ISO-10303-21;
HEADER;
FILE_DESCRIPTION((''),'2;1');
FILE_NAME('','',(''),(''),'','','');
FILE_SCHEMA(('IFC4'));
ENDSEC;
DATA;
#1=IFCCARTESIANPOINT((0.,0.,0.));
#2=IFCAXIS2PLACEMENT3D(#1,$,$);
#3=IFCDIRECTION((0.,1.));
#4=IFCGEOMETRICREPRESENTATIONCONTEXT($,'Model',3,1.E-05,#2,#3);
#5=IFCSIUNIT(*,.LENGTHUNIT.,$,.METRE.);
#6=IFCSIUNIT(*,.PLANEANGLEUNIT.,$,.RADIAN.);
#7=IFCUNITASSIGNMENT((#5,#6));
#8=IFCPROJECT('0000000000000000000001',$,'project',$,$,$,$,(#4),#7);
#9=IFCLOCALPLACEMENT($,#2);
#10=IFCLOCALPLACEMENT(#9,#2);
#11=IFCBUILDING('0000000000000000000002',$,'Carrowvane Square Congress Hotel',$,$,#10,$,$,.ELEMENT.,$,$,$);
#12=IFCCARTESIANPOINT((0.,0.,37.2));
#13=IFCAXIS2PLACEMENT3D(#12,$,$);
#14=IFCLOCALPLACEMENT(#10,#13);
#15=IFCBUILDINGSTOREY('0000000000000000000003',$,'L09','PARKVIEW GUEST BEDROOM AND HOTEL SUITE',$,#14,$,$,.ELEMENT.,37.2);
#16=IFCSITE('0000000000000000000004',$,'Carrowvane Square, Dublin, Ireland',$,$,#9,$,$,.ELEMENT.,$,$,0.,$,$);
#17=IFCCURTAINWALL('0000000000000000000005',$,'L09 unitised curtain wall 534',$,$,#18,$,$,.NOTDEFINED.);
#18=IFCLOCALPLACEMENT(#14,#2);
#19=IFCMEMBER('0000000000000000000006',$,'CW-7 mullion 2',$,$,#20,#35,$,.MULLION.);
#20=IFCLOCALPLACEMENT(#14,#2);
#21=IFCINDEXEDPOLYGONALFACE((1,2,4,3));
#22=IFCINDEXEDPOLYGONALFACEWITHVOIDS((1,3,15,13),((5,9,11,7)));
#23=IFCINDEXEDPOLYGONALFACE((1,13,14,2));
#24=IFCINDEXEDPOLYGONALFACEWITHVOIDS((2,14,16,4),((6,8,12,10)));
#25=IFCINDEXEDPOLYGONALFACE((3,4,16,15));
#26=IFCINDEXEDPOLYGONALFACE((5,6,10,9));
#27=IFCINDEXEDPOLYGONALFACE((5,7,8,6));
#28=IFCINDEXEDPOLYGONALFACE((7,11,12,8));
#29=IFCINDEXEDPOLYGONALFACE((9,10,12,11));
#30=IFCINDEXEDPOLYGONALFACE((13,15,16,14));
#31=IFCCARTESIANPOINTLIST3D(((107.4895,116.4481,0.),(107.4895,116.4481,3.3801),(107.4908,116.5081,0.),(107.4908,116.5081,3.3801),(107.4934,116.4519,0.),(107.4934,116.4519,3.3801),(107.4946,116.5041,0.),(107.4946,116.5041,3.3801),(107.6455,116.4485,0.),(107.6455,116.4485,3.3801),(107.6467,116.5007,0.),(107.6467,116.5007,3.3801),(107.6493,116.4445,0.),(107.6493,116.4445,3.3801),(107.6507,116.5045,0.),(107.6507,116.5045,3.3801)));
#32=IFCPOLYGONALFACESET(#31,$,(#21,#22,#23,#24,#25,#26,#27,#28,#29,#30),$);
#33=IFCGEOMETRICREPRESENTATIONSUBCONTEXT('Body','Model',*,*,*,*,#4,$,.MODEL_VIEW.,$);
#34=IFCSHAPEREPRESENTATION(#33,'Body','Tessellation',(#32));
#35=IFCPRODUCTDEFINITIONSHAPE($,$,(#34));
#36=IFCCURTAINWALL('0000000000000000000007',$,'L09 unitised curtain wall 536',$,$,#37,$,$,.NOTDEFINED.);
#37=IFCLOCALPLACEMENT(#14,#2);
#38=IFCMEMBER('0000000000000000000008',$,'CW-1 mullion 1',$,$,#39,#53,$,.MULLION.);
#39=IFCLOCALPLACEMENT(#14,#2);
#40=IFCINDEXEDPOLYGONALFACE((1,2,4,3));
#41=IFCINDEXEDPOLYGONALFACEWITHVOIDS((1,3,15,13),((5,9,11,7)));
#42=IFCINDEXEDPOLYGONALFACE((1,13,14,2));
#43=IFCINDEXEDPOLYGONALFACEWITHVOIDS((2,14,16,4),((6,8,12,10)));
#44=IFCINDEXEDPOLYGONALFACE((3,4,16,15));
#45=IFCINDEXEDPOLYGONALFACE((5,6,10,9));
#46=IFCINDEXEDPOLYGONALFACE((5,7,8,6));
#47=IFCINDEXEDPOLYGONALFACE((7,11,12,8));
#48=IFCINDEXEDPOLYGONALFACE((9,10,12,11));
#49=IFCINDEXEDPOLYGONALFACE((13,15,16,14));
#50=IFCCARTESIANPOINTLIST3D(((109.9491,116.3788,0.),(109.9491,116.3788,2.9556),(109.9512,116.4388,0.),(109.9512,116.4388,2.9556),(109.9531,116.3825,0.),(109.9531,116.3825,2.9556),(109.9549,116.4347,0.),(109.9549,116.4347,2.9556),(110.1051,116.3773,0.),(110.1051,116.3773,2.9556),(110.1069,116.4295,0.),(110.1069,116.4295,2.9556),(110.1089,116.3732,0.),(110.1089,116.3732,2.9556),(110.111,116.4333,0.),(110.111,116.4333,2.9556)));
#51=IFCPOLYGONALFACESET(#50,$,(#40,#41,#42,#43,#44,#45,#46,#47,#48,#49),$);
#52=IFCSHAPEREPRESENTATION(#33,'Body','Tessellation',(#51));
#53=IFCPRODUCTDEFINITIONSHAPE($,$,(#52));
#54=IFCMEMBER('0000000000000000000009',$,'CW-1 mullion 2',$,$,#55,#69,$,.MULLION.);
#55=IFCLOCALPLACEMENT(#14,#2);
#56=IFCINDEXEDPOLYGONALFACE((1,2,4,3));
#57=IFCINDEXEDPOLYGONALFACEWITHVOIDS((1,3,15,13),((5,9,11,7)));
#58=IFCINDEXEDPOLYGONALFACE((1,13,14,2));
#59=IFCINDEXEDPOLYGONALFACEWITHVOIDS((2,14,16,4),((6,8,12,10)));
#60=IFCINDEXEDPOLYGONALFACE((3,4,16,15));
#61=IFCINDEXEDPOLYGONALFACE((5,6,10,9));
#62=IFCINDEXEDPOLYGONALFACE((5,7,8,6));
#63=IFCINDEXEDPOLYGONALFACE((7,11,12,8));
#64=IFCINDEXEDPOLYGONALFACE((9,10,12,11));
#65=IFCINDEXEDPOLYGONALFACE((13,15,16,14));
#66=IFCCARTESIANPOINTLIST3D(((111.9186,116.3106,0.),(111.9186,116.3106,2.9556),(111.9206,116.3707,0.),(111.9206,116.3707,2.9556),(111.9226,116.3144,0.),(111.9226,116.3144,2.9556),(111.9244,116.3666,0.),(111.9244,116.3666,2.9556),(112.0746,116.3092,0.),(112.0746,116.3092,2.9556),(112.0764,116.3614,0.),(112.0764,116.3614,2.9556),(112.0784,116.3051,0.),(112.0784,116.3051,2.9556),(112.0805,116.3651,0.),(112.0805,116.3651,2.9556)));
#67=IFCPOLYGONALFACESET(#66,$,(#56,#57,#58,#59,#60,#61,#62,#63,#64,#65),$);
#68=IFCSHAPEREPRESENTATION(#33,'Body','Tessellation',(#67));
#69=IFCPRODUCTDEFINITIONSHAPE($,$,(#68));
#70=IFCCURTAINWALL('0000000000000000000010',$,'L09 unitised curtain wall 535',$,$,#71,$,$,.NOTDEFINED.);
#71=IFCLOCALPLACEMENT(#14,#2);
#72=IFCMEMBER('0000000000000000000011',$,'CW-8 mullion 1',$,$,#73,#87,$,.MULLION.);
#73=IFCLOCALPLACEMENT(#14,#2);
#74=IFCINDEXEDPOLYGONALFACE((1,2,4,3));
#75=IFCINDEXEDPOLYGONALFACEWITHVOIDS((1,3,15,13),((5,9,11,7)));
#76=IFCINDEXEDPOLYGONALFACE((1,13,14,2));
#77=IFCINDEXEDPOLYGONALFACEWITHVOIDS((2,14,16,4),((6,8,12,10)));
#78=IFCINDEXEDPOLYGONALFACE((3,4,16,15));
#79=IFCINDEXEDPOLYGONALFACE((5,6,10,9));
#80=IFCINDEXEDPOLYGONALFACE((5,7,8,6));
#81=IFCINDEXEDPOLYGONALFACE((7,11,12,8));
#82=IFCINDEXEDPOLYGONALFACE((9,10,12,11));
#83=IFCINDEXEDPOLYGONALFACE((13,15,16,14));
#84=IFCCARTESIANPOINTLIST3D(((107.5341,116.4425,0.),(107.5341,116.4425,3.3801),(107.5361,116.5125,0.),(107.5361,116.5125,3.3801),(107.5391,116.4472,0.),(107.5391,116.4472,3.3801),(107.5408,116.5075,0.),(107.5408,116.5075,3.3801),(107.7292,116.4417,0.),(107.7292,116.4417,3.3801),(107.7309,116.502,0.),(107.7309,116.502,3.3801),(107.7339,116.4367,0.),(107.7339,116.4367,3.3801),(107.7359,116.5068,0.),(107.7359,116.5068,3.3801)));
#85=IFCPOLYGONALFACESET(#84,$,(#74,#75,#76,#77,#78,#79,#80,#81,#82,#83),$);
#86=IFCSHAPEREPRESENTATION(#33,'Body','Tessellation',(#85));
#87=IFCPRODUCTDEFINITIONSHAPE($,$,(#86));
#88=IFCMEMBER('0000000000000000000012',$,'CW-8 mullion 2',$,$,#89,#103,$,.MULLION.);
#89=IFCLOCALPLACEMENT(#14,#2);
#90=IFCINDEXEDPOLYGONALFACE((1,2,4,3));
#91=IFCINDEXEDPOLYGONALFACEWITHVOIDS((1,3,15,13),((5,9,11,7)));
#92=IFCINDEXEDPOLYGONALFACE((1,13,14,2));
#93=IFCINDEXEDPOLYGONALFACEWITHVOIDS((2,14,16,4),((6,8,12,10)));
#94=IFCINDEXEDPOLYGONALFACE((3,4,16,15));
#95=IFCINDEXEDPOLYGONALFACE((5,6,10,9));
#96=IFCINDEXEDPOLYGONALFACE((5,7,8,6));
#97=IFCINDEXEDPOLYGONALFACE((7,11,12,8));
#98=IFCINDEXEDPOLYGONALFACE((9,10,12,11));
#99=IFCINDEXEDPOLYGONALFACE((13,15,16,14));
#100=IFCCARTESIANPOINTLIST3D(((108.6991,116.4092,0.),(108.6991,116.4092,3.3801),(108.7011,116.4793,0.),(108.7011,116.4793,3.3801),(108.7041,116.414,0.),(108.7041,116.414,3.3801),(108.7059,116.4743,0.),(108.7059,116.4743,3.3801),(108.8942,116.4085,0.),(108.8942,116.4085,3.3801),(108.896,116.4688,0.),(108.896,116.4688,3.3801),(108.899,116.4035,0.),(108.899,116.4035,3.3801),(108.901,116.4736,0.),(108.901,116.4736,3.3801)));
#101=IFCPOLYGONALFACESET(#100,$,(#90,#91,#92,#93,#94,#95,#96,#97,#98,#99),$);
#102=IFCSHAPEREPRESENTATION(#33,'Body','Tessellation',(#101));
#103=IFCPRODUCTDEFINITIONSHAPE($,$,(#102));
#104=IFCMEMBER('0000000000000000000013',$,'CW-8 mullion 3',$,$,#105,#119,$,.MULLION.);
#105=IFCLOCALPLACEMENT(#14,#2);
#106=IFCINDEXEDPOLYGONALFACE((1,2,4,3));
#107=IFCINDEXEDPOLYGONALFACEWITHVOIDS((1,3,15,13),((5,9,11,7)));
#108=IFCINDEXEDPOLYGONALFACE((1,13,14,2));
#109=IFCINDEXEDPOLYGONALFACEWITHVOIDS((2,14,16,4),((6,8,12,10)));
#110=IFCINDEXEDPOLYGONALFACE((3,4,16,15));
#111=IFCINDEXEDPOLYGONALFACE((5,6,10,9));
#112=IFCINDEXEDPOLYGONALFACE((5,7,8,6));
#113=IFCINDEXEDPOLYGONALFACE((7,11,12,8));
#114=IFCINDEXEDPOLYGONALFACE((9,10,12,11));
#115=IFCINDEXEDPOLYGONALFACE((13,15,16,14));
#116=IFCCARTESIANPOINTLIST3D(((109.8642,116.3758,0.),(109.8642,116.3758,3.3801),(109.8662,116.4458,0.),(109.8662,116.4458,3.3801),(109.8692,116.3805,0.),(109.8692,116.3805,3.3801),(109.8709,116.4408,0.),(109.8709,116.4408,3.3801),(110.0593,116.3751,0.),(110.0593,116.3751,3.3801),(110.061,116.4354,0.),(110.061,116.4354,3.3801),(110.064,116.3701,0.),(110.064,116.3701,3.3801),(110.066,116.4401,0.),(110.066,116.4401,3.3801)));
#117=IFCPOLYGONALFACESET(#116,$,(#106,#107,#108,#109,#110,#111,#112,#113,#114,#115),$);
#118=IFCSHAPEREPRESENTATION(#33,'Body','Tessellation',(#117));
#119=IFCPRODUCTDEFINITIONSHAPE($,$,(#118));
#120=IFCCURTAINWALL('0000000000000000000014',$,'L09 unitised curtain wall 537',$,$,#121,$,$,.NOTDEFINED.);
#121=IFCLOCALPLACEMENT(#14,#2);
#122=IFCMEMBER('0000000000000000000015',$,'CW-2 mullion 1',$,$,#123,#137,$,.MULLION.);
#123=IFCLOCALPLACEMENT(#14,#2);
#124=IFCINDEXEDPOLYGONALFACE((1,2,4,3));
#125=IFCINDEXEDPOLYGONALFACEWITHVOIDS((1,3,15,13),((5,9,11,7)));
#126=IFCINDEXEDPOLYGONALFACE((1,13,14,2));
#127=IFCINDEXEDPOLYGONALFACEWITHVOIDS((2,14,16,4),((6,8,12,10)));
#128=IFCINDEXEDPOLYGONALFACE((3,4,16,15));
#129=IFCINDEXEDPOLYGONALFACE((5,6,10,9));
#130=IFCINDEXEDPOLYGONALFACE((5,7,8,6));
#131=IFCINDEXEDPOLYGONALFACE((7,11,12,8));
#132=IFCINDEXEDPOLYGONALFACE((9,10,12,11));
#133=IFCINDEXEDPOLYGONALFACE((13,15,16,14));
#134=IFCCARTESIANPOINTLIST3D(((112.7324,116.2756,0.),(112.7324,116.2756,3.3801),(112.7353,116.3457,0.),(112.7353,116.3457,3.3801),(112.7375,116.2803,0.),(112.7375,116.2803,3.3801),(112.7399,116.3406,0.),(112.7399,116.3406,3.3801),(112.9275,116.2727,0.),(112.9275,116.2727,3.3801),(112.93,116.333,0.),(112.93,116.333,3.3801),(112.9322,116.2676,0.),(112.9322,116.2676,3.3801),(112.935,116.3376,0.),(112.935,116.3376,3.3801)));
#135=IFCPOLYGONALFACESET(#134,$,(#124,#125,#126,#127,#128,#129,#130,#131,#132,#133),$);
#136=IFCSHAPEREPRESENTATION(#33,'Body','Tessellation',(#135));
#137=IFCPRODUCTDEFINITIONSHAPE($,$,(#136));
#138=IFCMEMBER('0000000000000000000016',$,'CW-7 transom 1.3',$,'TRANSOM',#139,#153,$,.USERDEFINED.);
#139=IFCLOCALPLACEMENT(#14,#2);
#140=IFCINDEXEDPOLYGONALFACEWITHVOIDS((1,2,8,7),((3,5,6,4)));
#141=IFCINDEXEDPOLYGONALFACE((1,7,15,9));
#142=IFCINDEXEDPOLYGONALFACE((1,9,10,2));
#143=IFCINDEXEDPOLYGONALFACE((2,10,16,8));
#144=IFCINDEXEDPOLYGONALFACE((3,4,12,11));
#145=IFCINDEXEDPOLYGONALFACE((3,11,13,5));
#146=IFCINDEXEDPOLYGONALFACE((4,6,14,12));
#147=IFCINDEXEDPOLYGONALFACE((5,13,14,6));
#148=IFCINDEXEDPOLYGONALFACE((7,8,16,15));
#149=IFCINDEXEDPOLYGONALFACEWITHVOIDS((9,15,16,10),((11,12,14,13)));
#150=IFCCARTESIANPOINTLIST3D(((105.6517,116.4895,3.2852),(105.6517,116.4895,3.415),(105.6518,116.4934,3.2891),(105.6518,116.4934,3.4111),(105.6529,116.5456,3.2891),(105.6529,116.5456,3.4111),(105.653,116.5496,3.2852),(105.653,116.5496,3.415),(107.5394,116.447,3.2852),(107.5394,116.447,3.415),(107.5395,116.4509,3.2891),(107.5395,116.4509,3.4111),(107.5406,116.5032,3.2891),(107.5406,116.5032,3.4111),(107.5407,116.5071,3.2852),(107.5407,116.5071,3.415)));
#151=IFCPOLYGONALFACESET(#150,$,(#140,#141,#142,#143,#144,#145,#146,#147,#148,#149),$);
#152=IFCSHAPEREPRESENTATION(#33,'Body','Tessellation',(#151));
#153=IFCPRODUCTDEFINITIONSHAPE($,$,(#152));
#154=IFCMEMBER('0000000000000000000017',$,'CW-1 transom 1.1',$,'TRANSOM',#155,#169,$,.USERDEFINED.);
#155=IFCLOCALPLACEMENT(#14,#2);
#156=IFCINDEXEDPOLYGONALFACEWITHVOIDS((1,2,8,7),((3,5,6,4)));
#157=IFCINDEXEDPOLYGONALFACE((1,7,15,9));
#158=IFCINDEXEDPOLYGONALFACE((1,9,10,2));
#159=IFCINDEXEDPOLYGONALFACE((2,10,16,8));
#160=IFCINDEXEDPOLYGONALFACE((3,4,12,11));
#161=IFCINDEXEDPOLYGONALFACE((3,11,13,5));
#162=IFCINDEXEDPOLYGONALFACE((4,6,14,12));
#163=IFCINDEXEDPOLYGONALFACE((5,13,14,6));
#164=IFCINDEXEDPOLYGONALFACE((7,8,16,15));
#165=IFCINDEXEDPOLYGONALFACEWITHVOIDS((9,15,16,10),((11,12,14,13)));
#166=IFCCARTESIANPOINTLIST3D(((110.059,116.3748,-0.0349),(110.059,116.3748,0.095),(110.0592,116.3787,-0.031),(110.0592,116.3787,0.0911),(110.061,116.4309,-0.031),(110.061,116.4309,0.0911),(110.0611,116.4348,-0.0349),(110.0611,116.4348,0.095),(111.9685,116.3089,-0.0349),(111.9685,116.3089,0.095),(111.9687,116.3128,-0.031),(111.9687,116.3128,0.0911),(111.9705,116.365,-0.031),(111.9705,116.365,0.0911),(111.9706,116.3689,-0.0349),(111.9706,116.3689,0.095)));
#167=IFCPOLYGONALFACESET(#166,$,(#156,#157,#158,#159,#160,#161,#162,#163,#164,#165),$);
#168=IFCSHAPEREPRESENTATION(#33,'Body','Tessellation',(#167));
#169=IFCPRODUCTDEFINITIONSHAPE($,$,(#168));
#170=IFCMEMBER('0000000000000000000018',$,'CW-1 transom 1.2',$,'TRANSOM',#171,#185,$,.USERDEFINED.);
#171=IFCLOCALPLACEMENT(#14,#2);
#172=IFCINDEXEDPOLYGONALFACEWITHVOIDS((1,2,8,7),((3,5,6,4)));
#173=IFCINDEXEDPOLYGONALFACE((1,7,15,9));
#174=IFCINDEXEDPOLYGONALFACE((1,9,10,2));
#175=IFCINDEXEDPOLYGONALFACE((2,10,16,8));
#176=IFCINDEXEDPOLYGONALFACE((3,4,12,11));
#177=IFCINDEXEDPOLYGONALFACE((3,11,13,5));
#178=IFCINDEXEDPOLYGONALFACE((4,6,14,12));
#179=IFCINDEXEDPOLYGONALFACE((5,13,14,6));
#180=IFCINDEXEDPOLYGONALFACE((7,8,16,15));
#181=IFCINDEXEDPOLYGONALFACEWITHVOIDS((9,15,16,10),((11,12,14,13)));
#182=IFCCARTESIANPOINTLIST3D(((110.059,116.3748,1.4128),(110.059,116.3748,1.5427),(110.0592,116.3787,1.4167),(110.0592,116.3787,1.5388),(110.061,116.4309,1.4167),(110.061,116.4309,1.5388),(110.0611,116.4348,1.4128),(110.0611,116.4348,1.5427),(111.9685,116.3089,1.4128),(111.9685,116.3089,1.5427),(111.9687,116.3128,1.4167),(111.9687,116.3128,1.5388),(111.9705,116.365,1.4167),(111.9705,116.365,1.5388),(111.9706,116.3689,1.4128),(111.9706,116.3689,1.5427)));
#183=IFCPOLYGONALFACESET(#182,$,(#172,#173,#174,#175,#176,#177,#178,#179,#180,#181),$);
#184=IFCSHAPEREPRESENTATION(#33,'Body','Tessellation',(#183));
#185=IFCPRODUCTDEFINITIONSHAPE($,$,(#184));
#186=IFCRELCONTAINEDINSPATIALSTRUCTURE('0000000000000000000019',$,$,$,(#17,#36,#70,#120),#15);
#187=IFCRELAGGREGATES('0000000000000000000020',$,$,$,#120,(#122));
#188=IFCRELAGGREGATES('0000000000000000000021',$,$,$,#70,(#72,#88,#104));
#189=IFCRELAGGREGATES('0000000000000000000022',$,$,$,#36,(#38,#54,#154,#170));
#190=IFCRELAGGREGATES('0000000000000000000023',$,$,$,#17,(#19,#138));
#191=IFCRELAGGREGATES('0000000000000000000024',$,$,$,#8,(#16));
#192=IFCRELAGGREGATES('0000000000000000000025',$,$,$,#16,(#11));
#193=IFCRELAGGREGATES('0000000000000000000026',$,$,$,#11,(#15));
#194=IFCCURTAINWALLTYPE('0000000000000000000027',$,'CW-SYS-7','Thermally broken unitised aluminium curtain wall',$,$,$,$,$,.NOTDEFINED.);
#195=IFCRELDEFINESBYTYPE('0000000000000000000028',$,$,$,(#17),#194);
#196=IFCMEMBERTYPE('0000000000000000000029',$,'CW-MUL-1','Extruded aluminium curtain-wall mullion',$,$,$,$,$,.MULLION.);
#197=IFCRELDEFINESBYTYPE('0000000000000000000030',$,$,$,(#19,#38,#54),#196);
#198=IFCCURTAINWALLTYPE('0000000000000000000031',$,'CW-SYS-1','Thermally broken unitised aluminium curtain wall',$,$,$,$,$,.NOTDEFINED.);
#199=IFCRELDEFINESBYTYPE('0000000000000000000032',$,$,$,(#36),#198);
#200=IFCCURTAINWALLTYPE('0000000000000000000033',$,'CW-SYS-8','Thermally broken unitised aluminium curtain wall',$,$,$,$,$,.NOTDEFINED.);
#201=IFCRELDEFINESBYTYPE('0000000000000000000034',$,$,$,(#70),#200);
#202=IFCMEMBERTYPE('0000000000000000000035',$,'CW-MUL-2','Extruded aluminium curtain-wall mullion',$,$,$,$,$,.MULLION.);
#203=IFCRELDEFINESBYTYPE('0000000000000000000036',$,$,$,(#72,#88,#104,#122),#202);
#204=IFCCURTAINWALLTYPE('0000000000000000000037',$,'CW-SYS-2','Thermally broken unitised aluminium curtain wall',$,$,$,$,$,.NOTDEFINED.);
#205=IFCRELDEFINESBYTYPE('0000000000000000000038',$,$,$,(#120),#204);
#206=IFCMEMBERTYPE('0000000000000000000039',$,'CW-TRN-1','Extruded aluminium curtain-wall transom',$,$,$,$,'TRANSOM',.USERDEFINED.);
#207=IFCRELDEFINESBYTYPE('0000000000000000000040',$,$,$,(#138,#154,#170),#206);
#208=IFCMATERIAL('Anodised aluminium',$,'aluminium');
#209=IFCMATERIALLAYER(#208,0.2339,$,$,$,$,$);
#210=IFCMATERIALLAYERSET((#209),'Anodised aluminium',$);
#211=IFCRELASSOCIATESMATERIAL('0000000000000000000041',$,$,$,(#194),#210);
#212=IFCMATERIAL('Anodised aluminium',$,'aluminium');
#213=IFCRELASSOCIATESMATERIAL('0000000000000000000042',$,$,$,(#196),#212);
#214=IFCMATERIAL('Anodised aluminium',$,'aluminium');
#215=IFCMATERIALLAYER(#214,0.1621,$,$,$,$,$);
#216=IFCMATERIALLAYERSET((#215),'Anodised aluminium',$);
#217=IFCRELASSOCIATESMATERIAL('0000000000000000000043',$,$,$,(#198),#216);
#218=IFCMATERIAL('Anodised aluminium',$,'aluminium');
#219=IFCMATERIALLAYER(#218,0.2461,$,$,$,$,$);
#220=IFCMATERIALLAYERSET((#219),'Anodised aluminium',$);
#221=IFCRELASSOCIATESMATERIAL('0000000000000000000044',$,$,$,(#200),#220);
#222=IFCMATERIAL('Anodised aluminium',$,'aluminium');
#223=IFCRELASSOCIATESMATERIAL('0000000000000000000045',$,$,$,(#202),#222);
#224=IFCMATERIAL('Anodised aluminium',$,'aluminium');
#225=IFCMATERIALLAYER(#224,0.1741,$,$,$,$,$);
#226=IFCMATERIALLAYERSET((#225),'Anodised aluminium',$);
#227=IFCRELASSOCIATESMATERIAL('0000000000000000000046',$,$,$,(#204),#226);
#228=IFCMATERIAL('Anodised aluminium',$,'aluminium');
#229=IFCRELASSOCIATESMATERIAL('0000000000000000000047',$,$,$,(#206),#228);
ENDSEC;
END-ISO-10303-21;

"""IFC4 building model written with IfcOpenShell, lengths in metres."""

from ifc_helpers import new_model, si_unit, direction, frame, origin, origin_2d, place, context, subcontext, project, spatial, hollow_rectangle, extrude, material, layer, layer_set, material_profile, profile_set, type_object, element, aggregate, save


model = new_model("IFC4")

# Units and contexts
model_context = context("Model", 3, precision=1e-05, world=origin(), true_north=direction((0.0, 1.0)))
body_context = subcontext(model_context, "Body", "Model", "MODEL_VIEW")
ifc_project = project(units=[si_unit("LENGTHUNIT", "METRE"), si_unit("PLANEANGLEUNIT", "RADIAN")], contexts=[model_context])

# Site, building, storey
site_placement = place(None, origin())
site = spatial("IfcSite", under=ifc_project, at=site_placement, Name="Carrowvane Square, Dublin, Ireland", CompositionType="ELEMENT", RefElevation=0.0)
building_placement = place(site_placement, origin())
building = spatial("IfcBuilding", under=site, at=building_placement, Name="Carrowvane Square Congress Hotel", CompositionType="ELEMENT")
storey_placement = place(building_placement, frame((0.0, 0.0, 37.2)))
storey = spatial("IfcBuildingStorey", under=building, at=storey_placement, Name="L09", Description="PARKVIEW GUEST BEDROOM AND HOTEL SUITE", CompositionType="ELEMENT", Elevation=37.2)

# Curtain wall, member
ifc_material_1 = material(Name="Anodised aluminium", Category="aluminium")
ifc_layer_1 = layer(ifc_material_1, 0.2339)
ifc_layer_set_1 = layer_set([ifc_layer_1], Name="Anodised aluminium")
curtain_wall_type_1 = type_object("IfcCurtainWallType", Name="CW-SYS-7", Description="Thermally broken unitised aluminium curtain wall", PredefinedType="NOTDEFINED", material=ifc_layer_set_1)
curtain_wall_1_placement = place(storey_placement, origin())
curtain_wall_1 = element("IfcCurtainWall", 1, at=curtain_wall_1_placement, inside=storey, type_object=curtain_wall_type_1, Name="L09 unitised curtain wall 534", PredefinedType="NOTDEFINED")
ifc_material_2 = material(Name="Anodised aluminium", Category="aluminium")
ifc_material_profile_1 = material_profile(ifc_material_2, hollow_rectangle(XDim=0.0601, YDim=0.1599, WallThickness=0.0039, at=origin_2d()), Name="CW-ML 60x160x4")
ifc_profile_set_1 = profile_set([ifc_material_profile_1], Name="Anodised aluminium")
member_type_1 = type_object("IfcMemberType", Name="CW-MUL-1", Description="Extruded aluminium curtain-wall mullion", PredefinedType="MULLION", material=ifc_profile_set_1)
member_1_placement = place(storey_placement, frame((107.5701, 116.4763, 0.0), z_axis=(0.0, 0.0, 1.0), x_axis=(0.022518, 0.999746, 0.0)))
member_1 = element("IfcMember", 2, at=member_1_placement, type_object=member_type_1, Name="CW-7 mullion 2", PredefinedType="MULLION", context=body_context, shape_type="SweptSolid", body=[
    extrude(hollow_rectangle(XDim=0.0601, YDim=0.1599, WallThickness=0.0039, at=origin_2d()), origin(), (0.0, 0.0, 1.0), 3.3801),
])

# Curtain walls, members
ifc_material_3 = material(Name="Anodised aluminium", Category="aluminium")
ifc_layer_2 = layer(ifc_material_3, 0.1621)
ifc_layer_set_2 = layer_set([ifc_layer_2], Name="Anodised aluminium")
curtain_wall_type_2 = type_object("IfcCurtainWallType", Name="CW-SYS-1", Description="Thermally broken unitised aluminium curtain wall", PredefinedType="NOTDEFINED", material=ifc_layer_set_2)
curtain_wall_2_placement = place(storey_placement, origin())
curtain_wall_2 = element("IfcCurtainWall", 3, at=curtain_wall_2_placement, inside=storey, type_object=curtain_wall_type_2, Name="L09 unitised curtain wall 536", PredefinedType="NOTDEFINED")
member_2_placement = place(storey_placement, frame((110.03, 116.406, 0.0), z_axis=(0.0, 0.0, 1.0), x_axis=(0.03453, 0.999404, 0.0)))
member_2 = element("IfcMember", 4, at=member_2_placement, type_object=member_type_1, Name="CW-1 mullion 1", PredefinedType="MULLION", context=body_context, shape_type="SweptSolid", body=[
    extrude(hollow_rectangle(XDim=0.0601, YDim=0.1599, WallThickness=0.0039, at=origin_2d()), origin(), (0.0, 0.0, 1.0), 2.9556),
])
member_3_placement = place(storey_placement, frame((111.9995, 116.3379, 0.0), z_axis=(0.0, 0.0, 1.0), x_axis=(0.03453, 0.999404, 0.0)))
member_3 = element("IfcMember", 5, at=member_3_placement, type_object=member_type_1, Name="CW-1 mullion 2", PredefinedType="MULLION", context=body_context, shape_type="SweptSolid", body=[
    extrude(hollow_rectangle(XDim=0.0601, YDim=0.1599, WallThickness=0.0039, at=origin_2d()), origin(), (0.0, 0.0, 1.0), 2.9556),
])
ifc_material_4 = material(Name="Anodised aluminium", Category="aluminium")
ifc_layer_3 = layer(ifc_material_4, 0.2461)
ifc_layer_set_3 = layer_set([ifc_layer_3], Name="Anodised aluminium")
curtain_wall_type_3 = type_object("IfcCurtainWallType", Name="CW-SYS-8", Description="Thermally broken unitised aluminium curtain wall", PredefinedType="NOTDEFINED", material=ifc_layer_set_3)
curtain_wall_3_placement = place(storey_placement, origin())
curtain_wall_3 = element("IfcCurtainWall", 6, at=curtain_wall_3_placement, inside=storey, type_object=curtain_wall_type_3, Name="L09 unitised curtain wall 535", PredefinedType="NOTDEFINED")
ifc_material_5 = material(Name="Anodised aluminium", Category="aluminium")
ifc_material_profile_2 = material_profile(ifc_material_5, hollow_rectangle(XDim=0.0701, YDim=0.2, WallThickness=0.0049, at=origin_2d()), Name="CW-ML 70x200x5")
ifc_profile_set_2 = profile_set([ifc_material_profile_2], Name="Anodised aluminium")
member_type_2 = type_object("IfcMemberType", Name="CW-MUL-2", Description="Extruded aluminium curtain-wall mullion", PredefinedType="MULLION", material=ifc_profile_set_2)
member_4_placement = place(storey_placement, frame((107.635, 116.4746, 0.0), z_axis=(0.0, 0.0, 1.0), x_axis=(0.028638, 0.99959, 0.0)))
member_4 = element("IfcMember", 7, at=member_4_placement, type_object=member_type_2, Name="CW-8 mullion 1", PredefinedType="MULLION", context=body_context, shape_type="SweptSolid", body=[
    extrude(hollow_rectangle(XDim=0.0701, YDim=0.2, WallThickness=0.0049, at=origin_2d()), origin(), (0.0, 0.0, 1.0), 3.3801),
])
member_5_placement = place(storey_placement, frame((108.8, 116.4414, 0.0), z_axis=(0.0, 0.0, 1.0), x_axis=(0.028638, 0.99959, 0.0)))
member_5 = element("IfcMember", 8, at=member_5_placement, type_object=member_type_2, Name="CW-8 mullion 2", PredefinedType="MULLION", context=body_context, shape_type="SweptSolid", body=[
    extrude(hollow_rectangle(XDim=0.0701, YDim=0.2, WallThickness=0.0049, at=origin_2d()), origin(), (0.0, 0.0, 1.0), 3.3801),
])
member_6_placement = place(storey_placement, frame((109.9651, 116.408, 0.0), z_axis=(0.0, 0.0, 1.0), x_axis=(0.028638, 0.99959, 0.0)))
member_6 = element("IfcMember", 9, at=member_6_placement, type_object=member_type_2, Name="CW-8 mullion 3", PredefinedType="MULLION", context=body_context, shape_type="SweptSolid", body=[
    extrude(hollow_rectangle(XDim=0.0701, YDim=0.2, WallThickness=0.0049, at=origin_2d()), origin(), (0.0, 0.0, 1.0), 3.3801),
])

# Curtain wall, member
ifc_material_6 = material(Name="Anodised aluminium", Category="aluminium")
ifc_layer_4 = layer(ifc_material_6, 0.1741)
ifc_layer_set_4 = layer_set([ifc_layer_4], Name="Anodised aluminium")
curtain_wall_type_4 = type_object("IfcCurtainWallType", Name="CW-SYS-2", Description="Thermally broken unitised aluminium curtain wall", PredefinedType="NOTDEFINED", material=ifc_layer_set_4)
curtain_wall_4_placement = place(storey_placement, origin())
curtain_wall_4 = element("IfcCurtainWall", 10, at=curtain_wall_4_placement, inside=storey, type_object=curtain_wall_type_4, Name="L09 unitised curtain wall 537", PredefinedType="NOTDEFINED")
member_7_placement = place(storey_placement, frame((112.8337, 116.3066, 0.0), z_axis=(0.0, 0.0, 1.0), x_axis=(0.040131, 0.999194, 0.0)))
member_7 = element("IfcMember", 11, at=member_7_placement, type_object=member_type_2, Name="CW-2 mullion 1", PredefinedType="MULLION", context=body_context, shape_type="SweptSolid", body=[
    extrude(hollow_rectangle(XDim=0.0701, YDim=0.2, WallThickness=0.0049, at=origin_2d()), origin(), (0.0, 0.0, 1.0), 3.3801),
])
aggregate(curtain_wall_4, [member_7])

# Members
ifc_material_7 = material(Name="Anodised aluminium", Category="aluminium")
ifc_material_profile_3 = material_profile(ifc_material_7, hollow_rectangle(XDim=0.0601, YDim=0.1299, WallThickness=0.0039, at=origin_2d()), Name="CW-TR 60x130x4")
ifc_profile_set_3 = profile_set([ifc_material_profile_3], Name="Anodised aluminium")
member_type_3 = type_object("IfcMemberType", Name="CW-TRN-1", Description="Extruded aluminium curtain-wall transom", ElementType="TRANSOM", PredefinedType="USERDEFINED", material=ifc_profile_set_3)
member_8_placement = place(storey_placement, frame((105.6523, 116.5195, 3.3501), z_axis=(0.999747, -0.022498, 0.0), x_axis=(0.022498, 0.999747, 0.0)))
member_8 = element("IfcMember", 12, at=member_8_placement, type_object=member_type_3, Name="CW-7 transom 1.3", ObjectType="TRANSOM", PredefinedType="USERDEFINED", context=body_context, shape_type="SweptSolid", body=[
    extrude(hollow_rectangle(XDim=0.0601, YDim=0.1299, WallThickness=0.0039, at=origin_2d()), origin(), (0.0, 0.0, 1.0), 1.8882),
])
member_9_placement = place(storey_placement, frame((110.0601, 116.4048, 0.03), z_axis=(0.999405, -0.034502, 0.0), x_axis=(0.034502, 0.999405, 0.0)))
member_9 = element("IfcMember", 13, at=member_9_placement, type_object=member_type_3, Name="CW-1 transom 1.1", ObjectType="TRANSOM", PredefinedType="USERDEFINED", context=body_context, shape_type="SweptSolid", body=[
    extrude(hollow_rectangle(XDim=0.0601, YDim=0.1299, WallThickness=0.0039, at=origin_2d()), origin(), (0.0, 0.0, 1.0), 1.9106),
])
member_10_placement = place(storey_placement, frame((110.0601, 116.4048, 1.4778), z_axis=(0.999405, -0.034502, 0.0), x_axis=(0.034502, 0.999405, 0.0)))
member_10 = element("IfcMember", 14, at=member_10_placement, type_object=member_type_3, Name="CW-1 transom 1.2", ObjectType="TRANSOM", PredefinedType="USERDEFINED", context=body_context, shape_type="SweptSolid", body=[
    extrude(hollow_rectangle(XDim=0.0601, YDim=0.1299, WallThickness=0.0039, at=origin_2d()), origin(), (0.0, 0.0, 1.0), 1.9106),
])

aggregate(curtain_wall_3, [member_4, member_5, member_6])
aggregate(curtain_wall_2, [member_2, member_3, member_9, member_10])
aggregate(curtain_wall_1, [member_1, member_8])

save(model, "model.ifc")
